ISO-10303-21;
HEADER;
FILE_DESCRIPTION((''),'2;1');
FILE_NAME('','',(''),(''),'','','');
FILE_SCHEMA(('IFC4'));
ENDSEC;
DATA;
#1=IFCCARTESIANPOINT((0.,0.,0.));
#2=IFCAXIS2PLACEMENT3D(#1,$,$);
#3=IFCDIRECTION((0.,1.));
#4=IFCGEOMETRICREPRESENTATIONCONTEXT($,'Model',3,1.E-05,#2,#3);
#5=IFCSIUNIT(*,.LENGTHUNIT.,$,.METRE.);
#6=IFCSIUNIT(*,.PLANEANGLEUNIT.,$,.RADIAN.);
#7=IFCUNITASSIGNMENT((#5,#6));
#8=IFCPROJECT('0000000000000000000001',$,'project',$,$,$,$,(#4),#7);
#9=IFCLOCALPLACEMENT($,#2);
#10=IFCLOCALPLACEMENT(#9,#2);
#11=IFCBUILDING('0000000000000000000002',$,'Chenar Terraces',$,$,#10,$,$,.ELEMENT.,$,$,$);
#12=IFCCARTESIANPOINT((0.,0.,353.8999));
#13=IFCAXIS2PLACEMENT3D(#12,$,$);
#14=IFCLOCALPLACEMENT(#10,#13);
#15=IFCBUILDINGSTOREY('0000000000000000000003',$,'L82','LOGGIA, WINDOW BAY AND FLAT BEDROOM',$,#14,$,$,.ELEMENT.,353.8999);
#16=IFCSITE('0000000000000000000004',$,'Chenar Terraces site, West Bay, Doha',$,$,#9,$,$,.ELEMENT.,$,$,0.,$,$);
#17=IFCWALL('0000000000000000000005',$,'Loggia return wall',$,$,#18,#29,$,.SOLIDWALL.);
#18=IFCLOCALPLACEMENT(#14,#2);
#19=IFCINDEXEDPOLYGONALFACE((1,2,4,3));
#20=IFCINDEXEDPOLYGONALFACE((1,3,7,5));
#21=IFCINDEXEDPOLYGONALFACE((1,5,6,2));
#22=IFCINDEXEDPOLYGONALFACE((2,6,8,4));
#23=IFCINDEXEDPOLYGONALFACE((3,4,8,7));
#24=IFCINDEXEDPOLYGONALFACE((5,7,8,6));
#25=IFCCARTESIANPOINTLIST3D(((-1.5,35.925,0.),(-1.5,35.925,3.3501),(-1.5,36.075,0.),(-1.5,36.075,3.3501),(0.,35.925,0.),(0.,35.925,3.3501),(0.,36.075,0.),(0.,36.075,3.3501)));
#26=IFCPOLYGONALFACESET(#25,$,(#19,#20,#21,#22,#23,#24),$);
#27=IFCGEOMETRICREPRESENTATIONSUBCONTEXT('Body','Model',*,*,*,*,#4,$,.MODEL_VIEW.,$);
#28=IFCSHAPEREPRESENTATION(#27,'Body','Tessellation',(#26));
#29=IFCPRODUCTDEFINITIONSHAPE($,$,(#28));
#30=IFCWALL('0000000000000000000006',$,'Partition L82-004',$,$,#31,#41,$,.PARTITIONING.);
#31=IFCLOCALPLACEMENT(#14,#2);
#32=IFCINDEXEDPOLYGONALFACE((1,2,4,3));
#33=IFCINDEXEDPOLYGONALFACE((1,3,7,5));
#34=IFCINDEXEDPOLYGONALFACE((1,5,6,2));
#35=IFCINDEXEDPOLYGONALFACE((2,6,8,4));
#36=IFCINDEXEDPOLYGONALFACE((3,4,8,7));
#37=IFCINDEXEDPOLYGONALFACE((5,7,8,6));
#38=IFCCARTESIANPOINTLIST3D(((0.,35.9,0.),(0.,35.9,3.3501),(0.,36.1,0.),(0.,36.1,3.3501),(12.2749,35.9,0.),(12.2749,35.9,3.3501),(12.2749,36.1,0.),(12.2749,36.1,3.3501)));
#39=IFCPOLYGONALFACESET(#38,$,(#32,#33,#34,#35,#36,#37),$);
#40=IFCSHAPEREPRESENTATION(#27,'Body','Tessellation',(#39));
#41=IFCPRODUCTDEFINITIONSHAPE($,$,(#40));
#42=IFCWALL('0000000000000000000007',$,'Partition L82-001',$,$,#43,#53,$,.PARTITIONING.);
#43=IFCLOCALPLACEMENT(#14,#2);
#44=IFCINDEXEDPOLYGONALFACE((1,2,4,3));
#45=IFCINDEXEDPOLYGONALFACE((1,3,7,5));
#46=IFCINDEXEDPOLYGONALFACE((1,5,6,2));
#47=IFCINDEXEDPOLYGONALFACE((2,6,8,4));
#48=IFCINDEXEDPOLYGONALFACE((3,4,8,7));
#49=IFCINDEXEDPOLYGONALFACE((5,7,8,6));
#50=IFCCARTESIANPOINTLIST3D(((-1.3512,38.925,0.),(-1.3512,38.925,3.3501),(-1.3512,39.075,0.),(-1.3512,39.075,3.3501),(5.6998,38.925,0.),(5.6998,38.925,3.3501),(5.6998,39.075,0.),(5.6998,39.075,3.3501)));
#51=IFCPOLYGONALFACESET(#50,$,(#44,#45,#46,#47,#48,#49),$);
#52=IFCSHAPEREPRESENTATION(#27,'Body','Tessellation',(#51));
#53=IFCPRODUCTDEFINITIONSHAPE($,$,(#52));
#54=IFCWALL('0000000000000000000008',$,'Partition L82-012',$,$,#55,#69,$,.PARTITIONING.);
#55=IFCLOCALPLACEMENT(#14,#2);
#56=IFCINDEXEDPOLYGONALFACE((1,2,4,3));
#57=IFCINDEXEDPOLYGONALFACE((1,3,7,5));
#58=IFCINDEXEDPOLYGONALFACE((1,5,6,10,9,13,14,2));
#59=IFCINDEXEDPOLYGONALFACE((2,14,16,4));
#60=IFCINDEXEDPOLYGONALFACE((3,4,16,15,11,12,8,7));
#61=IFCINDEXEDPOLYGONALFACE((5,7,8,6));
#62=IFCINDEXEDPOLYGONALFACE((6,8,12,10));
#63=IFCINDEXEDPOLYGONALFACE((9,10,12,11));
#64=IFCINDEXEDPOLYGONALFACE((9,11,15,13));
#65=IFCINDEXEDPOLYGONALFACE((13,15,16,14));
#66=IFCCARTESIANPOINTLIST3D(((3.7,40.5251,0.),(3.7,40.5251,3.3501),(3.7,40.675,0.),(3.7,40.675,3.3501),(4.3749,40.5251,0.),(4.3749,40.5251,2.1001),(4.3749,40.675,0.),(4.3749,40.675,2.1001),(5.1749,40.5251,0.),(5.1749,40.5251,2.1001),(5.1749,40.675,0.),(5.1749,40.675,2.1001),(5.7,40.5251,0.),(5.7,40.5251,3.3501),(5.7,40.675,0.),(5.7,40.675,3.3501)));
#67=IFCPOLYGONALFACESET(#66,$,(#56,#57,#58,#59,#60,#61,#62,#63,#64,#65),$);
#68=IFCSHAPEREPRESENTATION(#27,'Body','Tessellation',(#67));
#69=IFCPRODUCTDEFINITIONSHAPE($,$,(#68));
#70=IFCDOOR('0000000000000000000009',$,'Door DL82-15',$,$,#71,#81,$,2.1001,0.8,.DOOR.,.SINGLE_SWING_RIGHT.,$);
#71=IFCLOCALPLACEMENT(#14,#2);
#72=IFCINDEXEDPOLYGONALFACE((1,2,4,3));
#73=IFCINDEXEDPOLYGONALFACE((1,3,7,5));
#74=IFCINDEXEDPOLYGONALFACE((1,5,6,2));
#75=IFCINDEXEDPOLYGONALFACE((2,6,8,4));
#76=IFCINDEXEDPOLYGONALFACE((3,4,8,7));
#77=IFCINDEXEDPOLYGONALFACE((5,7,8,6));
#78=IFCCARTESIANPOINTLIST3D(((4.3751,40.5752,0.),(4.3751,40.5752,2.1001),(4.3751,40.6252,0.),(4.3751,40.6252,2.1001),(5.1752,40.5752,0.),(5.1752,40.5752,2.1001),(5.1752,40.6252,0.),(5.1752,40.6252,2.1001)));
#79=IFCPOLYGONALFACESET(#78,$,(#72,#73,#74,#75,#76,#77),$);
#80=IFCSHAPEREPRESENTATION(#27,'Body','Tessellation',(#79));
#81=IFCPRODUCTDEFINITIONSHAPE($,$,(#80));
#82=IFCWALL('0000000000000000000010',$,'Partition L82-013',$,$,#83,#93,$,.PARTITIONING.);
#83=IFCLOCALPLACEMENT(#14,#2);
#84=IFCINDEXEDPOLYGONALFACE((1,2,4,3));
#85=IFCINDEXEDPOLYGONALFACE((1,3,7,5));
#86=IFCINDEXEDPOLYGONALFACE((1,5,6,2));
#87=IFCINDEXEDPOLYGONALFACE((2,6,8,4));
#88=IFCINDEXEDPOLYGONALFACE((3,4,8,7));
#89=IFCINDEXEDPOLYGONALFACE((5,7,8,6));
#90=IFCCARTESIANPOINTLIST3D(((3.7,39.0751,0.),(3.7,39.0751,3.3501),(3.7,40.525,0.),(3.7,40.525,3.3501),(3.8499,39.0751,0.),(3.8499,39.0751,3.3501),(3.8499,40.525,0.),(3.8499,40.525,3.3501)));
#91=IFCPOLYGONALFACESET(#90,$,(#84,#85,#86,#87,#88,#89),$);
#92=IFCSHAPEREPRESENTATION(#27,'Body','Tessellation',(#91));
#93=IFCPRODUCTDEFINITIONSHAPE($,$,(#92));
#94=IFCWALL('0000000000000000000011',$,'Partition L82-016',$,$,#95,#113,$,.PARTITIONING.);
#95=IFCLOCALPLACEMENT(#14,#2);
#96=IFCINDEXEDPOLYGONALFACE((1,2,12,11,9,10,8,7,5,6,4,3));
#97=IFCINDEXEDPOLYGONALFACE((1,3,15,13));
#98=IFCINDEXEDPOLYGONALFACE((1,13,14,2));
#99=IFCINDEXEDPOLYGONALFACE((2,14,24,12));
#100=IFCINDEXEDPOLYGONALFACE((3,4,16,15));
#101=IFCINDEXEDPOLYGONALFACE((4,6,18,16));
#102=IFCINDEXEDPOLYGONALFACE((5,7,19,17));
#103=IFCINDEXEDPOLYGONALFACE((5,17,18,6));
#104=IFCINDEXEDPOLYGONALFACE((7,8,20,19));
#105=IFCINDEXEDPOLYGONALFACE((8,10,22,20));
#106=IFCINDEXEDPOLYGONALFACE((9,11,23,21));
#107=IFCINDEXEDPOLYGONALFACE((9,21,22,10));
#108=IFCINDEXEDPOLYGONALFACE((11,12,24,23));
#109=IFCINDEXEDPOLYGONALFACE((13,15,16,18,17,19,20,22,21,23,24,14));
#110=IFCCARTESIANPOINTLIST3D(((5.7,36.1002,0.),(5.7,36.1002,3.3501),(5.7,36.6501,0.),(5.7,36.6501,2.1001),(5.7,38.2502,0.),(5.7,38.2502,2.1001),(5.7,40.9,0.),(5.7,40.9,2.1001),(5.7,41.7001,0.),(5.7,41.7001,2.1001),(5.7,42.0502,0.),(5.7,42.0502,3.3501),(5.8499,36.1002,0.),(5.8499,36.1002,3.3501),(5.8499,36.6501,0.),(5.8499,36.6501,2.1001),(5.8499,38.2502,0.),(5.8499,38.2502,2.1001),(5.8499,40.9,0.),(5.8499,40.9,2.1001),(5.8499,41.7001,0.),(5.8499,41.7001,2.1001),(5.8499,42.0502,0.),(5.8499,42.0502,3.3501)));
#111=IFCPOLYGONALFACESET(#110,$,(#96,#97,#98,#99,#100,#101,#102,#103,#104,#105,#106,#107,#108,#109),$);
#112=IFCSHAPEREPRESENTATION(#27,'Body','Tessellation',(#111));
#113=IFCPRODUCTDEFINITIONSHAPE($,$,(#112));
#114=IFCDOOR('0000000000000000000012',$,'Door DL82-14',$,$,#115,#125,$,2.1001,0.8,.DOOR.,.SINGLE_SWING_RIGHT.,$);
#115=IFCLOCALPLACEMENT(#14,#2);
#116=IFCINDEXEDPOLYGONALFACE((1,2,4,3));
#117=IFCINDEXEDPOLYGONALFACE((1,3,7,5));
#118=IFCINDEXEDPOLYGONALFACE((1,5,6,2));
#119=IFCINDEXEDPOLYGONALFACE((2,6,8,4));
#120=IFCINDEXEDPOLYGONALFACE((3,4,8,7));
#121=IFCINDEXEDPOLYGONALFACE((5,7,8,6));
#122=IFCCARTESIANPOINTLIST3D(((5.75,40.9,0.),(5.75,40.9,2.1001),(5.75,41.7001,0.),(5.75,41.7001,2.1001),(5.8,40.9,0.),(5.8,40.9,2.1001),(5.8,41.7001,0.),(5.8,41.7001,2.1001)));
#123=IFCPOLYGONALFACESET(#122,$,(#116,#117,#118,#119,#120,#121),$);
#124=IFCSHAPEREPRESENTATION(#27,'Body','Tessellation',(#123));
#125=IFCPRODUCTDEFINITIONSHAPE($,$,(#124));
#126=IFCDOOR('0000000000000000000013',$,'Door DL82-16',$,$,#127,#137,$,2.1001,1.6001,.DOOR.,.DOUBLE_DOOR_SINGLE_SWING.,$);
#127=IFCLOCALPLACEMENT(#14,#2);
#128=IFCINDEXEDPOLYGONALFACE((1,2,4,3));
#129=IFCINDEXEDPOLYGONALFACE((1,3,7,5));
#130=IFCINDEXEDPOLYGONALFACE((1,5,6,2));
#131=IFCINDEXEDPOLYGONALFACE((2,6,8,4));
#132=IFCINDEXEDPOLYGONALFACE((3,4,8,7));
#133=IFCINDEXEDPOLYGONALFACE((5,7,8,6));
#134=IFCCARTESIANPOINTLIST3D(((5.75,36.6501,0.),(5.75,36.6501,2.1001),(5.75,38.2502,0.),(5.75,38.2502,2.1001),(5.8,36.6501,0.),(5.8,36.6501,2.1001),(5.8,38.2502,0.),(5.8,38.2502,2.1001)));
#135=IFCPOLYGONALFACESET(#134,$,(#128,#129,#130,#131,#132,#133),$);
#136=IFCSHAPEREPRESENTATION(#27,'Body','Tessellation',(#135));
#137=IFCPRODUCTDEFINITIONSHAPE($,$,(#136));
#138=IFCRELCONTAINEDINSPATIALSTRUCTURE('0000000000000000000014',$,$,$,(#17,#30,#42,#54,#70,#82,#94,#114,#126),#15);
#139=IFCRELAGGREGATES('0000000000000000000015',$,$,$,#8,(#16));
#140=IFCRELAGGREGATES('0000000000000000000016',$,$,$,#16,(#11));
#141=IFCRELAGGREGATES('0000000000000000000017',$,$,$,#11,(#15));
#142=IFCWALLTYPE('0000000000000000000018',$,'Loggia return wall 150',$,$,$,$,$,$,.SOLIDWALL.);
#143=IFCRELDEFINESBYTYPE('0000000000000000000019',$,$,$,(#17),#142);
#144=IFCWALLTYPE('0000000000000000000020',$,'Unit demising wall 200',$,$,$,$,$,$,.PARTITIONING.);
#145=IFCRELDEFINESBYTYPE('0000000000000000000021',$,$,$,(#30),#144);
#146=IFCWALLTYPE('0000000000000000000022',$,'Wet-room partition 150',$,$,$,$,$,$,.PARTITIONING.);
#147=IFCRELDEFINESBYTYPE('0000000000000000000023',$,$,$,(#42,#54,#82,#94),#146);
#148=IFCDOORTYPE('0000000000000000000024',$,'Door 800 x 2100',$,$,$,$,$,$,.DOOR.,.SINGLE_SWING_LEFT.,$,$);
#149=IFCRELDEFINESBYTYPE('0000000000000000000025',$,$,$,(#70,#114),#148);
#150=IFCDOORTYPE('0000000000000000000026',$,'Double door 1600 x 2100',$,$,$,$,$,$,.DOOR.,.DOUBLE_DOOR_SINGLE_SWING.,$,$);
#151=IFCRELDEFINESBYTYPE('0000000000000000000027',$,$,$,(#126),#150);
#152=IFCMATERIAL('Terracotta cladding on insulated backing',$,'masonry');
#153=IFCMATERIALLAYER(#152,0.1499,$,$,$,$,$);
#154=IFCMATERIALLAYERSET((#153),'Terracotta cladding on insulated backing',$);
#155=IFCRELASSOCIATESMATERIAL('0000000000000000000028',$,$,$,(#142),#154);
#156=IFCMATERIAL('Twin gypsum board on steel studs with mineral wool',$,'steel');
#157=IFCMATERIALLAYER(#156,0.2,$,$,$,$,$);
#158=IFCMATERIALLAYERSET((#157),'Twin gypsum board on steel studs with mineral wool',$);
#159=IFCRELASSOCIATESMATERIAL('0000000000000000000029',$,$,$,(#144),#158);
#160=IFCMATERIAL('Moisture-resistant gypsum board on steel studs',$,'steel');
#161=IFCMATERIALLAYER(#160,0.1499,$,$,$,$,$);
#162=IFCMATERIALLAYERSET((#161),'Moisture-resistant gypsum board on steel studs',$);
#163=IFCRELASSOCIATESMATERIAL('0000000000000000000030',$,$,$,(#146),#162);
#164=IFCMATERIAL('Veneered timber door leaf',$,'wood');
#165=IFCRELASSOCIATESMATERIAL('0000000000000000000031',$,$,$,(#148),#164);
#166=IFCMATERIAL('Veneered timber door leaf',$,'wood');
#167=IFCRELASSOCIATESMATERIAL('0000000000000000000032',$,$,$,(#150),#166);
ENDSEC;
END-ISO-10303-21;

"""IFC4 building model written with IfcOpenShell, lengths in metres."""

from ifc_helpers import new_model, si_unit, direction, frame, frame_2d, origin, place, context, subcontext, project, spatial, rectangle, extrude, material, layer, layer_set, type_object, element, fill, save


model = new_model("IFC4")

# Units and contexts
model_context = context("Model", 3, precision=1e-05, world=origin(), true_north=direction((0.0, 1.0)))
body_context = subcontext(model_context, "Body", "Model", "MODEL_VIEW")
ifc_project = project(units=[si_unit("LENGTHUNIT", "METRE"), si_unit("PLANEANGLEUNIT", "RADIAN")], contexts=[model_context])

# Site, building, storey
site_placement = place(None, origin())
site = spatial("IfcSite", under=ifc_project, at=site_placement, Name="Chenar Terraces site, West Bay, Doha", CompositionType="ELEMENT", RefElevation=0.0)
building_placement = place(site_placement, origin())
building = spatial("IfcBuilding", under=site, at=building_placement, Name="Chenar Terraces", CompositionType="ELEMENT")
storey_placement = place(building_placement, frame((0.0, 0.0, 353.8999)))
storey = spatial("IfcBuildingStorey", under=building, at=storey_placement, Name="L82", Description="LOGGIA, WINDOW BAY AND FLAT BEDROOM", CompositionType="ELEMENT", Elevation=353.8999)

# Shared definitions
placement = place(storey_placement, frame((0.0, 36.0, 0.0), z_axis=(0.0, 0.0, 1.0), x_axis=(1.0, 0.0, 0.0)))

# Walls
ifc_material_1 = material(Name="Terracotta cladding on insulated backing", Category="masonry")
ifc_layer_1 = layer(ifc_material_1, 0.1499)
ifc_layer_set_1 = layer_set([ifc_layer_1], Name="Terracotta cladding on insulated backing")
wall_type_1 = type_object("IfcWallType", Name="Loggia return wall 150", PredefinedType="SOLIDWALL", material=ifc_layer_set_1)
wall_1_placement = place(storey_placement, frame((-1.5, 36.0, 0.0), z_axis=(0.0, 0.0, 1.0), x_axis=(1.0, 0.0, 0.0)))
element("IfcWall", 1, at=wall_1_placement, inside=storey, type_object=wall_type_1, Name="Loggia return wall", PredefinedType="SOLIDWALL", context=body_context, shape_type="SweptSolid", body=[
    extrude(rectangle(XDim=1.5, YDim=0.1499, at=frame_2d((0.75, 0.0))), origin(), (0.0, 0.0, 1.0), 3.3501),
])
ifc_material_2 = material(Name="Twin gypsum board on steel studs with mineral wool", Category="steel")
ifc_layer_2 = layer(ifc_material_2, 0.2)
ifc_layer_set_2 = layer_set([ifc_layer_2], Name="Twin gypsum board on steel studs with mineral wool")
wall_type_2 = type_object("IfcWallType", Name="Unit demising wall 200", PredefinedType="PARTITIONING", material=ifc_layer_set_2)
element("IfcWall", 2, at=placement, inside=storey, type_object=wall_type_2, Name="Partition L82-004", PredefinedType="PARTITIONING", context=body_context, shape_type="SweptSolid", body=[
    extrude(rectangle(XDim=12.2749, YDim=0.2, at=frame_2d((6.1375, 0.0))), origin(), (0.0, 0.0, 1.0), 3.3501),
])
ifc_material_3 = material(Name="Moisture-resistant gypsum board on steel studs", Category="steel")
ifc_layer_3 = layer(ifc_material_3, 0.1499)
ifc_layer_set_3 = layer_set([ifc_layer_3], Name="Moisture-resistant gypsum board on steel studs")
wall_type_3 = type_object("IfcWallType", Name="Wet-room partition 150", PredefinedType="PARTITIONING", material=ifc_layer_set_3)
wall_2_placement = place(storey_placement, frame((-1.3511, 39.0, 0.0), z_axis=(0.0, 0.0, 1.0), x_axis=(1.0, 0.0, 0.0)))
element("IfcWall", 3, at=wall_2_placement, inside=storey, type_object=wall_type_3, Name="Partition L82-001", PredefinedType="PARTITIONING", context=body_context, shape_type="SweptSolid", body=[
    extrude(rectangle(XDim=7.051, YDim=0.1499, at=frame_2d((3.5254, 0.0))), origin(), (0.0, 0.0, 1.0), 3.3501),
])

# Wall, opening, door
wall_3_placement = place(storey_placement, frame((3.7, 40.6001, 0.0), z_axis=(0.0, 0.0, 1.0), x_axis=(1.0, 0.0, 0.0)))
wall_3 = element("IfcWall", 4, at=wall_3_placement, inside=storey, type_object=wall_type_3, Name="Partition L82-012", PredefinedType="PARTITIONING", context=body_context, shape_type="SweptSolid", body=[
    extrude(rectangle(XDim=2.0, YDim=0.1499, at=frame_2d((1.0, 0.0))), origin(), (0.0, 0.0, 1.0), 3.3501),
])
opening_1_placement = place(wall_3_placement, frame((0.675, 0.0, 0.0)))
opening_1 = element("IfcOpeningElement", 5, at=opening_1_placement, cuts=wall_3, PredefinedType="OPENING", context=body_context, shape_type="SweptSolid", body=[
    extrude(rectangle(XDim=0.8, YDim=2.1001, at=frame_2d((0.3999, 1.05))), frame((0.0, 0.085, 0.0), z_axis=(0.0, -1.0, 0.0), x_axis=(1.0, 0.0, 0.0)), (0.0, 0.0, 1.0), 0.1699),
])
ifc_material_4 = material(Name="Veneered timber door leaf", Category="wood")
door_type_1 = type_object("IfcDoorType", Name="Door 800 x 2100", OperationType="SINGLE_SWING_LEFT", PredefinedType="DOOR", material=ifc_material_4)
door_1_placement = place(opening_1_placement, frame((0.8, 0.0, 0.0), z_axis=(0.0, 0.0, 1.0), x_axis=(-1.0, 0.0, 0.0)))
door_1 = element("IfcDoor", 6, at=door_1_placement, inside=storey, type_object=door_type_1, Name="Door DL82-15", OperationType="SINGLE_SWING_RIGHT", OverallHeight=2.1001, OverallWidth=0.8, PredefinedType="DOOR", context=body_context, shape_type="SweptSolid", body=[
    extrude(rectangle(XDim=0.8, YDim=2.1001, at=frame_2d((0.3999, 1.05))), frame((0.0, 0.0249, 0.0), z_axis=(0.0, -1.0, 0.0), x_axis=(1.0, 0.0, 0.0)), (0.0, 0.0, 1.0), 0.05),
])
fill(opening_1, door_1)

# Wall
wall_4_placement = place(storey_placement, frame((3.7749, 39.075, 0.0), z_axis=(0.0, 0.0, 1.0), x_axis=(0.0, 1.0, 0.0)))
element("IfcWall", 7, at=wall_4_placement, inside=storey, type_object=wall_type_3, Name="Partition L82-013", PredefinedType="PARTITIONING", context=body_context, shape_type="SweptSolid", body=[
    extrude(rectangle(XDim=1.45, YDim=0.1499, at=frame_2d((0.7251, 0.0))), origin(), (0.0, 0.0, 1.0), 3.3501),
])

# Wall, openings, doors
wall_5_placement = place(storey_placement, frame((5.7749, 36.1001, 0.0), z_axis=(0.0, 0.0, 1.0), x_axis=(0.0, 1.0, 0.0)))
wall_5 = element("IfcWall", 8, at=wall_5_placement, inside=storey, type_object=wall_type_3, Name="Partition L82-016", PredefinedType="PARTITIONING", context=body_context, shape_type="SweptSolid", body=[
    extrude(rectangle(XDim=5.95, YDim=0.1499, at=frame_2d((2.9751, 0.0))), origin(), (0.0, 0.0, 1.0), 3.3501),
])
opening_2_placement = place(wall_5_placement, frame((4.8, 0.0, 0.0)))
opening_2 = element("IfcOpeningElement", 9, at=opening_2_placement, cuts=wall_5, PredefinedType="OPENING", context=body_context, shape_type="SweptSolid", body=[
    extrude(rectangle(XDim=0.8, YDim=2.1001, at=frame_2d((0.3999, 1.05))), frame((0.0, 0.085, 0.0), z_axis=(0.0, -1.0, 0.0), x_axis=(1.0, 0.0, 0.0)), (0.0, 0.0, 1.0), 0.1699),
])
opening_3_placement = place(wall_5_placement, frame((0.55, 0.0, 0.0)))
opening_3 = element("IfcOpeningElement", 10, at=opening_3_placement, cuts=wall_5, PredefinedType="OPENING", context=body_context, shape_type="SweptSolid", body=[
    extrude(rectangle(XDim=1.6001, YDim=2.1001, at=frame_2d((0.8, 1.05))), frame((0.0, 0.085, 0.0), z_axis=(0.0, -1.0, 0.0), x_axis=(1.0, 0.0, 0.0)), (0.0, 0.0, 1.0), 0.1699),
])
door_2_placement = place(opening_2_placement, origin())
door_2 = element("IfcDoor", 11, at=door_2_placement, inside=storey, type_object=door_type_1, Name="Door DL82-14", OperationType="SINGLE_SWING_RIGHT", OverallHeight=2.1001, OverallWidth=0.8, PredefinedType="DOOR", context=body_context, shape_type="SweptSolid", body=[
    extrude(rectangle(XDim=0.8, YDim=2.1001, at=frame_2d((0.3999, 1.05))), frame((0.0, 0.0249, 0.0), z_axis=(0.0, -1.0, 0.0), x_axis=(1.0, 0.0, 0.0)), (0.0, 0.0, 1.0), 0.05),
])
fill(opening_2, door_2)
ifc_material_5 = material(Name="Veneered timber door leaf", Category="wood")
door_type_2 = type_object("IfcDoorType", Name="Double door 1600 x 2100", OperationType="DOUBLE_DOOR_SINGLE_SWING", PredefinedType="DOOR", material=ifc_material_5)
door_3_placement = place(opening_3_placement, origin())
door_3 = element("IfcDoor", 12, at=door_3_placement, inside=storey, type_object=door_type_2, Name="Door DL82-16", OperationType="DOUBLE_DOOR_SINGLE_SWING", OverallHeight=2.1001, OverallWidth=1.6001, PredefinedType="DOOR", context=body_context, shape_type="SweptSolid", body=[
    extrude(rectangle(XDim=1.6001, YDim=2.1001, at=frame_2d((0.8, 1.05))), frame((0.0, 0.0249, 0.0), z_axis=(0.0, -1.0, 0.0), x_axis=(1.0, 0.0, 0.0)), (0.0, 0.0, 1.0), 0.05),
])
fill(opening_3, door_3)

save(model, "model.ifc")
